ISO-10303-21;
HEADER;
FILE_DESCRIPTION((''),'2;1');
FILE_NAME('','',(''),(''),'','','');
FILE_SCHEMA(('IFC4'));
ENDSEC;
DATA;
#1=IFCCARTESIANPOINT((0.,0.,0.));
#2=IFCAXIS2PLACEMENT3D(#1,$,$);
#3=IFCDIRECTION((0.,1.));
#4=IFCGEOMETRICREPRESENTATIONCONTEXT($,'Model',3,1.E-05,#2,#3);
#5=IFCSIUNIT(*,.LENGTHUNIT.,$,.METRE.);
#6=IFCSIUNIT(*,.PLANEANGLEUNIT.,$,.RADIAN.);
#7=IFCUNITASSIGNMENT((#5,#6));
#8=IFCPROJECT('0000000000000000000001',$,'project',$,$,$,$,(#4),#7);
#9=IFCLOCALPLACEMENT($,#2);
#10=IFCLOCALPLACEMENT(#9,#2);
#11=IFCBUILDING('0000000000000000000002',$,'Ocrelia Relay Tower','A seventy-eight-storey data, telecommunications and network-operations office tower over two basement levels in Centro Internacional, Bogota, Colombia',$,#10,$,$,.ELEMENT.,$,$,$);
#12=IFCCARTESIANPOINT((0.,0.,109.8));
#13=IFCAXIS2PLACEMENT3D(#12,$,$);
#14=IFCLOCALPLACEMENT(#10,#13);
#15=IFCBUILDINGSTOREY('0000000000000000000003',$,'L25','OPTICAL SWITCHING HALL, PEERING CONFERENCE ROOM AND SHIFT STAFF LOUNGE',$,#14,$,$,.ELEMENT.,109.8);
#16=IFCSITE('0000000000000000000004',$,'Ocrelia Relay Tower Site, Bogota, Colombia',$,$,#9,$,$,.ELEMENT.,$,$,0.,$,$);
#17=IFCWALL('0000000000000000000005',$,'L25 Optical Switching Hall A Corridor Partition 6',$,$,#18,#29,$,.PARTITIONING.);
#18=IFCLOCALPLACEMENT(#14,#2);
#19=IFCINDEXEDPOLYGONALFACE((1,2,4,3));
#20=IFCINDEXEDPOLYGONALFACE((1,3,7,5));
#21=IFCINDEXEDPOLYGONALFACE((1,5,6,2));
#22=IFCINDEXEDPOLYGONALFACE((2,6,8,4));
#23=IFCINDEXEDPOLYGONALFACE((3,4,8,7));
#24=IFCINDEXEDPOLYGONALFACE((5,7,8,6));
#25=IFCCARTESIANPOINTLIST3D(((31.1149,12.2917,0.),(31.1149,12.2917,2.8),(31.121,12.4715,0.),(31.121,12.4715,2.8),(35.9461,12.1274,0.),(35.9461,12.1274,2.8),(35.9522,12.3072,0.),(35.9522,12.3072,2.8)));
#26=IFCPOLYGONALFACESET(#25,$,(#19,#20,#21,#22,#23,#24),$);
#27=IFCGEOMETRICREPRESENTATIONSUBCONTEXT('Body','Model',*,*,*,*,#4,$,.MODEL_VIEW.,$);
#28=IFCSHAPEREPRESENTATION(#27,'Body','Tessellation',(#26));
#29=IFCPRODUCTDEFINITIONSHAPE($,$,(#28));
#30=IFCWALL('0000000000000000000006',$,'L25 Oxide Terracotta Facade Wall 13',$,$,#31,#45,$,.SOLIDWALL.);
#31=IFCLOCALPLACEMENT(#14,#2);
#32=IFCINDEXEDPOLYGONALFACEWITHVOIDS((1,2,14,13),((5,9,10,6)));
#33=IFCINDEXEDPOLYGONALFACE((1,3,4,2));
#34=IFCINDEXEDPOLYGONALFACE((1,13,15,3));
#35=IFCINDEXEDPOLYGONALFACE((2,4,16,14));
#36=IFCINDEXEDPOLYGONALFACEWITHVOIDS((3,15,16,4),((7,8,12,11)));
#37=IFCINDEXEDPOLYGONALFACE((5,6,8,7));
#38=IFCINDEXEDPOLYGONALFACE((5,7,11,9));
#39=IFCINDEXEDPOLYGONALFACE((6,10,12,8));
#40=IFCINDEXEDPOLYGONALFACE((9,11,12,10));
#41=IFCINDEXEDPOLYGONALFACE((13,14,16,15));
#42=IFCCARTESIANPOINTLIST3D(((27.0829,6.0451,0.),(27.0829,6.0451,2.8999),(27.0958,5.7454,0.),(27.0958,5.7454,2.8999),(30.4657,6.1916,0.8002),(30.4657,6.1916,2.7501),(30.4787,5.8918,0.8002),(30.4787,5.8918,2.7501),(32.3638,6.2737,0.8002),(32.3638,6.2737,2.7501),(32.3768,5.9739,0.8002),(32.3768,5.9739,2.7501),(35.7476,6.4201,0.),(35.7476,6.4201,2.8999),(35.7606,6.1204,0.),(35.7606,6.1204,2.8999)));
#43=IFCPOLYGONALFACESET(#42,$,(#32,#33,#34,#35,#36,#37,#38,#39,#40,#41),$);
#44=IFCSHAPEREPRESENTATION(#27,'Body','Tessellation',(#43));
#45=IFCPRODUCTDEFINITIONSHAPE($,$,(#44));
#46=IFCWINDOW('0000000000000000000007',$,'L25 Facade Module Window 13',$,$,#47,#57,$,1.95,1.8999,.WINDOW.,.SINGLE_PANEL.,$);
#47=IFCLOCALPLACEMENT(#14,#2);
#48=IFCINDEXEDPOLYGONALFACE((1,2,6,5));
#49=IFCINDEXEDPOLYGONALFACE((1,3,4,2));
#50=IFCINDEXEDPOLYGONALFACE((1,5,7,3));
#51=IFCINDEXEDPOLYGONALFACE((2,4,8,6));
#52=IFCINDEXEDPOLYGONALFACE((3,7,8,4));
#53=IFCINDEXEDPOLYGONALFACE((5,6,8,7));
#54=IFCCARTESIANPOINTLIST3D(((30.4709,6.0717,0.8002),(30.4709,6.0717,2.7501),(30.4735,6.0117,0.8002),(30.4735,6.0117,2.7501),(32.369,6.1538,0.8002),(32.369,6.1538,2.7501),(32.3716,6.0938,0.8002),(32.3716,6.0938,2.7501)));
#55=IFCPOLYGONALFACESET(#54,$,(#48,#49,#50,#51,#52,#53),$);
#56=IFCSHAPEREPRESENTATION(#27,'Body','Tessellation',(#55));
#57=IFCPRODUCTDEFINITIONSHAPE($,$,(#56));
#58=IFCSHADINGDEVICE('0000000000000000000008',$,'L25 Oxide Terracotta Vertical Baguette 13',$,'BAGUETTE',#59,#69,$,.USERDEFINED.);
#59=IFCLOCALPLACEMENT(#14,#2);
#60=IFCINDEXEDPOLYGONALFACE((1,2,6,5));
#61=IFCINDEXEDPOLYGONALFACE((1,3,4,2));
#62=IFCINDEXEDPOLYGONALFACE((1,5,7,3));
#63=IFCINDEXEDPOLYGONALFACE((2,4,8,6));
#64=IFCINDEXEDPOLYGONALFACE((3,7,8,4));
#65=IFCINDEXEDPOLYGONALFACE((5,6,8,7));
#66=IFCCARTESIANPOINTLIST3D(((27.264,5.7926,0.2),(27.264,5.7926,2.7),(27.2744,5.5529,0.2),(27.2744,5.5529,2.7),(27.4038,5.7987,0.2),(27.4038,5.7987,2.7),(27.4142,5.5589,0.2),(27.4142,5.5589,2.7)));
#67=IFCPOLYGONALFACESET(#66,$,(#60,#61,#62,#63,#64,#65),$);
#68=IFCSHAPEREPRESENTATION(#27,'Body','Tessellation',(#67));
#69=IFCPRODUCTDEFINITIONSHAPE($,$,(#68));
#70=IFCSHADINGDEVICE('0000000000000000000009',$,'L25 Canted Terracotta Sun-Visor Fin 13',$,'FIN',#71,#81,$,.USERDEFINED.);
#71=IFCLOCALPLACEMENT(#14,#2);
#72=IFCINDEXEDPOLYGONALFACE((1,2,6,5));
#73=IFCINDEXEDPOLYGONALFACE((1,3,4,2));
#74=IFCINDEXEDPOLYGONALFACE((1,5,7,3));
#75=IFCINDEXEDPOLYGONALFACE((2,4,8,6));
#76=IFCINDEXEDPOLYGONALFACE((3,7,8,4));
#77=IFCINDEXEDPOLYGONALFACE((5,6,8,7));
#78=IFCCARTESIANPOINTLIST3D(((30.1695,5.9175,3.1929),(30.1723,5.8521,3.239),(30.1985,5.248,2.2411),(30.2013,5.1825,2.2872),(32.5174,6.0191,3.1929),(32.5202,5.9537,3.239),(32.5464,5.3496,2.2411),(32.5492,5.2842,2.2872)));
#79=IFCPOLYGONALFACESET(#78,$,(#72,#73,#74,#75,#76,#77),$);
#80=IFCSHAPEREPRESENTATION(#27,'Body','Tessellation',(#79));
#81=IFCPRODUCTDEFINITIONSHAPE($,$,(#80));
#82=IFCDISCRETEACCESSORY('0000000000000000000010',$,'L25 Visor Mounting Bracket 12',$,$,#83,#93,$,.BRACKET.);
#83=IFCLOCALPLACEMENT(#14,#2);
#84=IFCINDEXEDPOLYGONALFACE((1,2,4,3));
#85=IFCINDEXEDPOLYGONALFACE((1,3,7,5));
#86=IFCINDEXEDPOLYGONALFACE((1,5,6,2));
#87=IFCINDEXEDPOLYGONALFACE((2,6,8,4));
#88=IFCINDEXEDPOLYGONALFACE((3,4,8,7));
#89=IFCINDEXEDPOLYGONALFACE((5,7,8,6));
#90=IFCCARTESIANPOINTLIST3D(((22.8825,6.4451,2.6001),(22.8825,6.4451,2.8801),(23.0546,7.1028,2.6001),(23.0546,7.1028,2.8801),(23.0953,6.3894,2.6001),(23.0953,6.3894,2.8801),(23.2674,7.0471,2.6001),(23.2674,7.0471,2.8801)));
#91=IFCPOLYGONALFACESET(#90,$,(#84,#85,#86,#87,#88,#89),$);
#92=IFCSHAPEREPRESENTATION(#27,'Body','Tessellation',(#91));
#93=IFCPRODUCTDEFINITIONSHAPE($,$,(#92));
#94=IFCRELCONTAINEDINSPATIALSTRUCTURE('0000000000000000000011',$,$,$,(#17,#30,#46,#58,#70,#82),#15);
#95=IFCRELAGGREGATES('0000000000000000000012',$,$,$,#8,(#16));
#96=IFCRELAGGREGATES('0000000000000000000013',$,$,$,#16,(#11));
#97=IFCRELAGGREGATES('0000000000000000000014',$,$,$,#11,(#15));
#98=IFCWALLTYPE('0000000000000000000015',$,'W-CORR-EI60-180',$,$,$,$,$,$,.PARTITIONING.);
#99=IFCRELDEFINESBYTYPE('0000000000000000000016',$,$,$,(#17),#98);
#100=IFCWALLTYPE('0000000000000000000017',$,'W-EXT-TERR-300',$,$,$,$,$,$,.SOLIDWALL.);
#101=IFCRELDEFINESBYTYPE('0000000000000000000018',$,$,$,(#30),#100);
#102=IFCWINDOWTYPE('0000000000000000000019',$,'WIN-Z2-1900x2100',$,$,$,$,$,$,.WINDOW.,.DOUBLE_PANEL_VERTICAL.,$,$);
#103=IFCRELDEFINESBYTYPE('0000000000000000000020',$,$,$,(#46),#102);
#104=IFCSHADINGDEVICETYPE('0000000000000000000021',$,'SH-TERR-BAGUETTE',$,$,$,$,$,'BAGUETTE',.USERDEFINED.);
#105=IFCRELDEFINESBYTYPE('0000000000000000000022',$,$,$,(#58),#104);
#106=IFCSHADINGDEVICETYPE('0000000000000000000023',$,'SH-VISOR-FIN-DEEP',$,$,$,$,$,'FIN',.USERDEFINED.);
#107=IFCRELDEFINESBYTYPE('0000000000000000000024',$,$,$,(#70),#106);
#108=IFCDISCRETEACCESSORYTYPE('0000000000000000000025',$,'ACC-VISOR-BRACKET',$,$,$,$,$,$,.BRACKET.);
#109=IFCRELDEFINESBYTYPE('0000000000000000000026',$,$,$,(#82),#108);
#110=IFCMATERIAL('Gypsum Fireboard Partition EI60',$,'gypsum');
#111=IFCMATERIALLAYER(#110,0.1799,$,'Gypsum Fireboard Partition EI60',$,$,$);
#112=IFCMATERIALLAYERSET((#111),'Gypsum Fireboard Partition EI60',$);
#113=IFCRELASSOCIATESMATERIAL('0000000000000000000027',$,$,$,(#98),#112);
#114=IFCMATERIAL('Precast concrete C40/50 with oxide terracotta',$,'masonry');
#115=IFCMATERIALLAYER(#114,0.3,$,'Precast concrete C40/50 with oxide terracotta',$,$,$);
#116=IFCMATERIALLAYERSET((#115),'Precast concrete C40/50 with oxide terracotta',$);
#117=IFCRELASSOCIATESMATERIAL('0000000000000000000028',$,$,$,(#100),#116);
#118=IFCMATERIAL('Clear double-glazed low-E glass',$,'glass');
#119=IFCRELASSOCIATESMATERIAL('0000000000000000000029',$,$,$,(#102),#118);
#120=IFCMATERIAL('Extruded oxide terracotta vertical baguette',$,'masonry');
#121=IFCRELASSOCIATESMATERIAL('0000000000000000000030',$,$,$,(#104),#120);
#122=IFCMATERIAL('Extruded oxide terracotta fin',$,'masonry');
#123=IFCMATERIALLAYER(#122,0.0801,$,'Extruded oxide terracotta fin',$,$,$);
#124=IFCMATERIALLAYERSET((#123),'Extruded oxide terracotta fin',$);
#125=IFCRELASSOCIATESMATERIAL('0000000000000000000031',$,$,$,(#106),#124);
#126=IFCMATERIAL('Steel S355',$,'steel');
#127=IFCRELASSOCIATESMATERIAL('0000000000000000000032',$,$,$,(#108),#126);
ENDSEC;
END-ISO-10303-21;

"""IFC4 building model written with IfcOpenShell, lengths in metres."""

from ifc_helpers import new_model, si_unit, direction, frame, frame_2d, origin, origin_2d, place, context, subcontext, project, spatial, rectangle, extrude, material, layer, layer_set, type_object, element, fill, save


model = new_model("IFC4")

# Units and contexts
model_context = context("Model", 3, precision=1e-05, world=origin(), true_north=direction((0.0, 1.0)))
body_context = subcontext(model_context, "Body", "Model", "MODEL_VIEW")
ifc_project = project(units=[si_unit("LENGTHUNIT", "METRE"), si_unit("PLANEANGLEUNIT", "RADIAN")], contexts=[model_context])

# Site, building, storey
site_placement = place(None, origin())
site = spatial("IfcSite", under=ifc_project, at=site_placement, Name="Ocrelia Relay Tower Site, Bogota, Colombia", CompositionType="ELEMENT", RefElevation=0.0)
building_placement = place(site_placement, origin())
building = spatial("IfcBuilding", under=site, at=building_placement, Name="Ocrelia Relay Tower", Description="A seventy-eight-storey data, telecommunications and network-operations office tower over two basement levels in Centro Internacional, Bogota, Colombia", CompositionType="ELEMENT")
storey_placement = place(building_placement, frame((0.0, 0.0, 109.8)))
storey = spatial("IfcBuildingStorey", under=building, at=storey_placement, Name="L25", Description="OPTICAL SWITCHING HALL, PEERING CONFERENCE ROOM AND SHIFT STAFF LOUNGE", CompositionType="ELEMENT", Elevation=109.8)

# Shared definitions
ifc_material_1 = material(Name="Steel S355", Category="steel")

# Shared definitions
ifc_material_2 = material(Name="Gypsum Fireboard Partition EI60", Category="gypsum")
ifc_layer_1 = layer(ifc_material_2, 0.1799, Name="Gypsum Fireboard Partition EI60")
ifc_layer_set_1 = layer_set([ifc_layer_1], Name="Gypsum Fireboard Partition EI60")
wall_type_1 = type_object("IfcWallType", Name="W-CORR-EI60-180", PredefinedType="PARTITIONING", material=ifc_layer_set_1)

# Wall
wall_1_placement = place(storey_placement, frame((31.1179, 12.3816, 0.0), z_axis=(0.0, 0.0, 1.0), x_axis=(0.999422, -0.033989, 0.0)))
element("IfcWall", 1, at=wall_1_placement, inside=storey, type_object=wall_type_1, Name="L25 Optical Switching Hall A Corridor Partition 6", PredefinedType="PARTITIONING", context=body_context, shape_type="SweptSolid", body=[
    extrude(rectangle(XDim=4.834, YDim=0.1799, at=frame_2d((2.417, 0.0))), origin(), (0.0, 0.0, 1.0), 2.8),
])

# Wall, opening, window
ifc_material_3 = material(Name="Precast concrete C40/50 with oxide terracotta", Category="masonry")
ifc_layer_2 = layer(ifc_material_3, 0.3, Name="Precast concrete C40/50 with oxide terracotta")
ifc_layer_set_2 = layer_set([ifc_layer_2], Name="Precast concrete C40/50 with oxide terracotta")
wall_type_2 = type_object("IfcWallType", Name="W-EXT-TERR-300", PredefinedType="SOLIDWALL", material=ifc_layer_set_2)
wall_2_placement = place(storey_placement, frame((27.0894, 5.8953, 0.0), z_axis=(0.0, 0.0, 1.0), x_axis=(0.999065, 0.043238, 0.0)))
wall_2 = element("IfcWall", 2, at=wall_2_placement, inside=storey, type_object=wall_type_2, Name="L25 Oxide Terracotta Facade Wall 13", PredefinedType="SOLIDWALL", context=body_context, shape_type="SweptSolid", body=[
    extrude(rectangle(XDim=8.6729, YDim=0.3, at=frame_2d((4.3364, 0.0))), origin(), (0.0, 0.0, 1.0), 2.8999),
])
opening_1_placement = place(wall_2_placement, frame((3.386, 0.0, 0.8)))
opening_1 = element("IfcOpeningElement", 3, at=opening_1_placement, cuts=wall_2, PredefinedType="OPENING", context=body_context, shape_type="SweptSolid", body=[
    extrude(rectangle(XDim=1.8999, YDim=1.95, at=frame_2d((0.95, 0.9751))), frame((0.0, 0.1602, 0.0), z_axis=(0.0, -1.0, 0.0), x_axis=(1.0, 0.0, 0.0)), (0.0, 0.0, 1.0), 0.3201),
])
ifc_material_4 = material(Name="Clear double-glazed low-E glass", Category="glass")
window_type = type_object("IfcWindowType", Name="WIN-Z2-1900x2100", PartitioningType="DOUBLE_PANEL_VERTICAL", PredefinedType="WINDOW", material=ifc_material_4)
window_placement = place(opening_1_placement, origin())
window = element("IfcWindow", 4, at=window_placement, inside=storey, type_object=window_type, Name="L25 Facade Module Window 13", OverallHeight=1.95, OverallWidth=1.8999, PartitioningType="SINGLE_PANEL", PredefinedType="WINDOW", context=body_context, shape_type="SweptSolid", body=[
    extrude(rectangle(XDim=1.8999, YDim=1.95, at=frame_2d((0.95, 0.9751))), frame((0.0, 0.03, 0.0), z_axis=(0.0, -1.0, 0.0), x_axis=(1.0, 0.0, 0.0)), (0.0, 0.0, 1.0), 0.0601),
])
fill(opening_1, window)

# Shading devices
ifc_material_5 = material(Name="Extruded oxide terracotta vertical baguette", Category="masonry")
shading_device_type_1 = type_object("IfcShadingDeviceType", Name="SH-TERR-BAGUETTE", ElementType="BAGUETTE", PredefinedType="USERDEFINED", material=ifc_material_5)
shading_device_1_placement = place(storey_placement, frame((27.3391, 5.6758, 0.2), z_axis=(0.0, 0.0, 1.0), x_axis=(0.999064, 0.04325, 0.0)))
element("IfcShadingDevice", 5, at=shading_device_1_placement, inside=storey, type_object=shading_device_type_1, Name="L25 Oxide Terracotta Vertical Baguette 13", ObjectType="BAGUETTE", PredefinedType="USERDEFINED", context=body_context, shape_type="SweptSolid", body=[
    extrude(rectangle(XDim=0.1399, YDim=0.24, at=origin_2d()), origin(), (0.0, 0.0, 1.0), 2.5),
])
ifc_material_6 = material(Name="Extruded oxide terracotta fin", Category="masonry")
ifc_layer_3 = layer(ifc_material_6, 0.0801, Name="Extruded oxide terracotta fin")
ifc_layer_set_3 = layer_set([ifc_layer_3], Name="Extruded oxide terracotta fin")
shading_device_type_2 = type_object("IfcShadingDeviceType", Name="SH-VISOR-FIN-DEEP", ElementType="FIN", PredefinedType="USERDEFINED", material=ifc_layer_set_3)
shading_device_2_placement = place(storey_placement, frame((31.3579, 5.6335, 2.717), z_axis=(0.035363, -0.816883, 0.575719), x_axis=(0.999064, 0.04325, 0.0)))
element("IfcShadingDevice", 6, at=shading_device_2_placement, inside=storey, type_object=shading_device_type_2, Name="L25 Canted Terracotta Sun-Visor Fin 13", ObjectType="FIN", PredefinedType="USERDEFINED", context=body_context, shape_type="SweptSolid", body=[
    extrude(rectangle(XDim=2.3501, YDim=1.1641, at=origin_2d()), origin(), (0.0, 0.0, 1.0), 0.0801),
])

# Discrete accessory
discrete_accessory_type = type_object("IfcDiscreteAccessoryType", Name="ACC-VISOR-BRACKET", PredefinedType="BRACKET", material=ifc_material_1)
discrete_accessory_placement = place(storey_placement, frame((23.075, 6.7461, 2.6001), z_axis=(0.0, 0.0, 1.0), x_axis=(0.967407, -0.253226, 0.0)))
element("IfcDiscreteAccessory", 7, at=discrete_accessory_placement, inside=storey, type_object=discrete_accessory_type, Name="L25 Visor Mounting Bracket 12", PredefinedType="BRACKET", context=body_context, shape_type="SweptSolid", body=[
    extrude(rectangle(XDim=0.22, YDim=0.6799, at=origin_2d()), origin(), (0.0, 0.0, 1.0), 0.28),
])

save(model, "model.ifc")
